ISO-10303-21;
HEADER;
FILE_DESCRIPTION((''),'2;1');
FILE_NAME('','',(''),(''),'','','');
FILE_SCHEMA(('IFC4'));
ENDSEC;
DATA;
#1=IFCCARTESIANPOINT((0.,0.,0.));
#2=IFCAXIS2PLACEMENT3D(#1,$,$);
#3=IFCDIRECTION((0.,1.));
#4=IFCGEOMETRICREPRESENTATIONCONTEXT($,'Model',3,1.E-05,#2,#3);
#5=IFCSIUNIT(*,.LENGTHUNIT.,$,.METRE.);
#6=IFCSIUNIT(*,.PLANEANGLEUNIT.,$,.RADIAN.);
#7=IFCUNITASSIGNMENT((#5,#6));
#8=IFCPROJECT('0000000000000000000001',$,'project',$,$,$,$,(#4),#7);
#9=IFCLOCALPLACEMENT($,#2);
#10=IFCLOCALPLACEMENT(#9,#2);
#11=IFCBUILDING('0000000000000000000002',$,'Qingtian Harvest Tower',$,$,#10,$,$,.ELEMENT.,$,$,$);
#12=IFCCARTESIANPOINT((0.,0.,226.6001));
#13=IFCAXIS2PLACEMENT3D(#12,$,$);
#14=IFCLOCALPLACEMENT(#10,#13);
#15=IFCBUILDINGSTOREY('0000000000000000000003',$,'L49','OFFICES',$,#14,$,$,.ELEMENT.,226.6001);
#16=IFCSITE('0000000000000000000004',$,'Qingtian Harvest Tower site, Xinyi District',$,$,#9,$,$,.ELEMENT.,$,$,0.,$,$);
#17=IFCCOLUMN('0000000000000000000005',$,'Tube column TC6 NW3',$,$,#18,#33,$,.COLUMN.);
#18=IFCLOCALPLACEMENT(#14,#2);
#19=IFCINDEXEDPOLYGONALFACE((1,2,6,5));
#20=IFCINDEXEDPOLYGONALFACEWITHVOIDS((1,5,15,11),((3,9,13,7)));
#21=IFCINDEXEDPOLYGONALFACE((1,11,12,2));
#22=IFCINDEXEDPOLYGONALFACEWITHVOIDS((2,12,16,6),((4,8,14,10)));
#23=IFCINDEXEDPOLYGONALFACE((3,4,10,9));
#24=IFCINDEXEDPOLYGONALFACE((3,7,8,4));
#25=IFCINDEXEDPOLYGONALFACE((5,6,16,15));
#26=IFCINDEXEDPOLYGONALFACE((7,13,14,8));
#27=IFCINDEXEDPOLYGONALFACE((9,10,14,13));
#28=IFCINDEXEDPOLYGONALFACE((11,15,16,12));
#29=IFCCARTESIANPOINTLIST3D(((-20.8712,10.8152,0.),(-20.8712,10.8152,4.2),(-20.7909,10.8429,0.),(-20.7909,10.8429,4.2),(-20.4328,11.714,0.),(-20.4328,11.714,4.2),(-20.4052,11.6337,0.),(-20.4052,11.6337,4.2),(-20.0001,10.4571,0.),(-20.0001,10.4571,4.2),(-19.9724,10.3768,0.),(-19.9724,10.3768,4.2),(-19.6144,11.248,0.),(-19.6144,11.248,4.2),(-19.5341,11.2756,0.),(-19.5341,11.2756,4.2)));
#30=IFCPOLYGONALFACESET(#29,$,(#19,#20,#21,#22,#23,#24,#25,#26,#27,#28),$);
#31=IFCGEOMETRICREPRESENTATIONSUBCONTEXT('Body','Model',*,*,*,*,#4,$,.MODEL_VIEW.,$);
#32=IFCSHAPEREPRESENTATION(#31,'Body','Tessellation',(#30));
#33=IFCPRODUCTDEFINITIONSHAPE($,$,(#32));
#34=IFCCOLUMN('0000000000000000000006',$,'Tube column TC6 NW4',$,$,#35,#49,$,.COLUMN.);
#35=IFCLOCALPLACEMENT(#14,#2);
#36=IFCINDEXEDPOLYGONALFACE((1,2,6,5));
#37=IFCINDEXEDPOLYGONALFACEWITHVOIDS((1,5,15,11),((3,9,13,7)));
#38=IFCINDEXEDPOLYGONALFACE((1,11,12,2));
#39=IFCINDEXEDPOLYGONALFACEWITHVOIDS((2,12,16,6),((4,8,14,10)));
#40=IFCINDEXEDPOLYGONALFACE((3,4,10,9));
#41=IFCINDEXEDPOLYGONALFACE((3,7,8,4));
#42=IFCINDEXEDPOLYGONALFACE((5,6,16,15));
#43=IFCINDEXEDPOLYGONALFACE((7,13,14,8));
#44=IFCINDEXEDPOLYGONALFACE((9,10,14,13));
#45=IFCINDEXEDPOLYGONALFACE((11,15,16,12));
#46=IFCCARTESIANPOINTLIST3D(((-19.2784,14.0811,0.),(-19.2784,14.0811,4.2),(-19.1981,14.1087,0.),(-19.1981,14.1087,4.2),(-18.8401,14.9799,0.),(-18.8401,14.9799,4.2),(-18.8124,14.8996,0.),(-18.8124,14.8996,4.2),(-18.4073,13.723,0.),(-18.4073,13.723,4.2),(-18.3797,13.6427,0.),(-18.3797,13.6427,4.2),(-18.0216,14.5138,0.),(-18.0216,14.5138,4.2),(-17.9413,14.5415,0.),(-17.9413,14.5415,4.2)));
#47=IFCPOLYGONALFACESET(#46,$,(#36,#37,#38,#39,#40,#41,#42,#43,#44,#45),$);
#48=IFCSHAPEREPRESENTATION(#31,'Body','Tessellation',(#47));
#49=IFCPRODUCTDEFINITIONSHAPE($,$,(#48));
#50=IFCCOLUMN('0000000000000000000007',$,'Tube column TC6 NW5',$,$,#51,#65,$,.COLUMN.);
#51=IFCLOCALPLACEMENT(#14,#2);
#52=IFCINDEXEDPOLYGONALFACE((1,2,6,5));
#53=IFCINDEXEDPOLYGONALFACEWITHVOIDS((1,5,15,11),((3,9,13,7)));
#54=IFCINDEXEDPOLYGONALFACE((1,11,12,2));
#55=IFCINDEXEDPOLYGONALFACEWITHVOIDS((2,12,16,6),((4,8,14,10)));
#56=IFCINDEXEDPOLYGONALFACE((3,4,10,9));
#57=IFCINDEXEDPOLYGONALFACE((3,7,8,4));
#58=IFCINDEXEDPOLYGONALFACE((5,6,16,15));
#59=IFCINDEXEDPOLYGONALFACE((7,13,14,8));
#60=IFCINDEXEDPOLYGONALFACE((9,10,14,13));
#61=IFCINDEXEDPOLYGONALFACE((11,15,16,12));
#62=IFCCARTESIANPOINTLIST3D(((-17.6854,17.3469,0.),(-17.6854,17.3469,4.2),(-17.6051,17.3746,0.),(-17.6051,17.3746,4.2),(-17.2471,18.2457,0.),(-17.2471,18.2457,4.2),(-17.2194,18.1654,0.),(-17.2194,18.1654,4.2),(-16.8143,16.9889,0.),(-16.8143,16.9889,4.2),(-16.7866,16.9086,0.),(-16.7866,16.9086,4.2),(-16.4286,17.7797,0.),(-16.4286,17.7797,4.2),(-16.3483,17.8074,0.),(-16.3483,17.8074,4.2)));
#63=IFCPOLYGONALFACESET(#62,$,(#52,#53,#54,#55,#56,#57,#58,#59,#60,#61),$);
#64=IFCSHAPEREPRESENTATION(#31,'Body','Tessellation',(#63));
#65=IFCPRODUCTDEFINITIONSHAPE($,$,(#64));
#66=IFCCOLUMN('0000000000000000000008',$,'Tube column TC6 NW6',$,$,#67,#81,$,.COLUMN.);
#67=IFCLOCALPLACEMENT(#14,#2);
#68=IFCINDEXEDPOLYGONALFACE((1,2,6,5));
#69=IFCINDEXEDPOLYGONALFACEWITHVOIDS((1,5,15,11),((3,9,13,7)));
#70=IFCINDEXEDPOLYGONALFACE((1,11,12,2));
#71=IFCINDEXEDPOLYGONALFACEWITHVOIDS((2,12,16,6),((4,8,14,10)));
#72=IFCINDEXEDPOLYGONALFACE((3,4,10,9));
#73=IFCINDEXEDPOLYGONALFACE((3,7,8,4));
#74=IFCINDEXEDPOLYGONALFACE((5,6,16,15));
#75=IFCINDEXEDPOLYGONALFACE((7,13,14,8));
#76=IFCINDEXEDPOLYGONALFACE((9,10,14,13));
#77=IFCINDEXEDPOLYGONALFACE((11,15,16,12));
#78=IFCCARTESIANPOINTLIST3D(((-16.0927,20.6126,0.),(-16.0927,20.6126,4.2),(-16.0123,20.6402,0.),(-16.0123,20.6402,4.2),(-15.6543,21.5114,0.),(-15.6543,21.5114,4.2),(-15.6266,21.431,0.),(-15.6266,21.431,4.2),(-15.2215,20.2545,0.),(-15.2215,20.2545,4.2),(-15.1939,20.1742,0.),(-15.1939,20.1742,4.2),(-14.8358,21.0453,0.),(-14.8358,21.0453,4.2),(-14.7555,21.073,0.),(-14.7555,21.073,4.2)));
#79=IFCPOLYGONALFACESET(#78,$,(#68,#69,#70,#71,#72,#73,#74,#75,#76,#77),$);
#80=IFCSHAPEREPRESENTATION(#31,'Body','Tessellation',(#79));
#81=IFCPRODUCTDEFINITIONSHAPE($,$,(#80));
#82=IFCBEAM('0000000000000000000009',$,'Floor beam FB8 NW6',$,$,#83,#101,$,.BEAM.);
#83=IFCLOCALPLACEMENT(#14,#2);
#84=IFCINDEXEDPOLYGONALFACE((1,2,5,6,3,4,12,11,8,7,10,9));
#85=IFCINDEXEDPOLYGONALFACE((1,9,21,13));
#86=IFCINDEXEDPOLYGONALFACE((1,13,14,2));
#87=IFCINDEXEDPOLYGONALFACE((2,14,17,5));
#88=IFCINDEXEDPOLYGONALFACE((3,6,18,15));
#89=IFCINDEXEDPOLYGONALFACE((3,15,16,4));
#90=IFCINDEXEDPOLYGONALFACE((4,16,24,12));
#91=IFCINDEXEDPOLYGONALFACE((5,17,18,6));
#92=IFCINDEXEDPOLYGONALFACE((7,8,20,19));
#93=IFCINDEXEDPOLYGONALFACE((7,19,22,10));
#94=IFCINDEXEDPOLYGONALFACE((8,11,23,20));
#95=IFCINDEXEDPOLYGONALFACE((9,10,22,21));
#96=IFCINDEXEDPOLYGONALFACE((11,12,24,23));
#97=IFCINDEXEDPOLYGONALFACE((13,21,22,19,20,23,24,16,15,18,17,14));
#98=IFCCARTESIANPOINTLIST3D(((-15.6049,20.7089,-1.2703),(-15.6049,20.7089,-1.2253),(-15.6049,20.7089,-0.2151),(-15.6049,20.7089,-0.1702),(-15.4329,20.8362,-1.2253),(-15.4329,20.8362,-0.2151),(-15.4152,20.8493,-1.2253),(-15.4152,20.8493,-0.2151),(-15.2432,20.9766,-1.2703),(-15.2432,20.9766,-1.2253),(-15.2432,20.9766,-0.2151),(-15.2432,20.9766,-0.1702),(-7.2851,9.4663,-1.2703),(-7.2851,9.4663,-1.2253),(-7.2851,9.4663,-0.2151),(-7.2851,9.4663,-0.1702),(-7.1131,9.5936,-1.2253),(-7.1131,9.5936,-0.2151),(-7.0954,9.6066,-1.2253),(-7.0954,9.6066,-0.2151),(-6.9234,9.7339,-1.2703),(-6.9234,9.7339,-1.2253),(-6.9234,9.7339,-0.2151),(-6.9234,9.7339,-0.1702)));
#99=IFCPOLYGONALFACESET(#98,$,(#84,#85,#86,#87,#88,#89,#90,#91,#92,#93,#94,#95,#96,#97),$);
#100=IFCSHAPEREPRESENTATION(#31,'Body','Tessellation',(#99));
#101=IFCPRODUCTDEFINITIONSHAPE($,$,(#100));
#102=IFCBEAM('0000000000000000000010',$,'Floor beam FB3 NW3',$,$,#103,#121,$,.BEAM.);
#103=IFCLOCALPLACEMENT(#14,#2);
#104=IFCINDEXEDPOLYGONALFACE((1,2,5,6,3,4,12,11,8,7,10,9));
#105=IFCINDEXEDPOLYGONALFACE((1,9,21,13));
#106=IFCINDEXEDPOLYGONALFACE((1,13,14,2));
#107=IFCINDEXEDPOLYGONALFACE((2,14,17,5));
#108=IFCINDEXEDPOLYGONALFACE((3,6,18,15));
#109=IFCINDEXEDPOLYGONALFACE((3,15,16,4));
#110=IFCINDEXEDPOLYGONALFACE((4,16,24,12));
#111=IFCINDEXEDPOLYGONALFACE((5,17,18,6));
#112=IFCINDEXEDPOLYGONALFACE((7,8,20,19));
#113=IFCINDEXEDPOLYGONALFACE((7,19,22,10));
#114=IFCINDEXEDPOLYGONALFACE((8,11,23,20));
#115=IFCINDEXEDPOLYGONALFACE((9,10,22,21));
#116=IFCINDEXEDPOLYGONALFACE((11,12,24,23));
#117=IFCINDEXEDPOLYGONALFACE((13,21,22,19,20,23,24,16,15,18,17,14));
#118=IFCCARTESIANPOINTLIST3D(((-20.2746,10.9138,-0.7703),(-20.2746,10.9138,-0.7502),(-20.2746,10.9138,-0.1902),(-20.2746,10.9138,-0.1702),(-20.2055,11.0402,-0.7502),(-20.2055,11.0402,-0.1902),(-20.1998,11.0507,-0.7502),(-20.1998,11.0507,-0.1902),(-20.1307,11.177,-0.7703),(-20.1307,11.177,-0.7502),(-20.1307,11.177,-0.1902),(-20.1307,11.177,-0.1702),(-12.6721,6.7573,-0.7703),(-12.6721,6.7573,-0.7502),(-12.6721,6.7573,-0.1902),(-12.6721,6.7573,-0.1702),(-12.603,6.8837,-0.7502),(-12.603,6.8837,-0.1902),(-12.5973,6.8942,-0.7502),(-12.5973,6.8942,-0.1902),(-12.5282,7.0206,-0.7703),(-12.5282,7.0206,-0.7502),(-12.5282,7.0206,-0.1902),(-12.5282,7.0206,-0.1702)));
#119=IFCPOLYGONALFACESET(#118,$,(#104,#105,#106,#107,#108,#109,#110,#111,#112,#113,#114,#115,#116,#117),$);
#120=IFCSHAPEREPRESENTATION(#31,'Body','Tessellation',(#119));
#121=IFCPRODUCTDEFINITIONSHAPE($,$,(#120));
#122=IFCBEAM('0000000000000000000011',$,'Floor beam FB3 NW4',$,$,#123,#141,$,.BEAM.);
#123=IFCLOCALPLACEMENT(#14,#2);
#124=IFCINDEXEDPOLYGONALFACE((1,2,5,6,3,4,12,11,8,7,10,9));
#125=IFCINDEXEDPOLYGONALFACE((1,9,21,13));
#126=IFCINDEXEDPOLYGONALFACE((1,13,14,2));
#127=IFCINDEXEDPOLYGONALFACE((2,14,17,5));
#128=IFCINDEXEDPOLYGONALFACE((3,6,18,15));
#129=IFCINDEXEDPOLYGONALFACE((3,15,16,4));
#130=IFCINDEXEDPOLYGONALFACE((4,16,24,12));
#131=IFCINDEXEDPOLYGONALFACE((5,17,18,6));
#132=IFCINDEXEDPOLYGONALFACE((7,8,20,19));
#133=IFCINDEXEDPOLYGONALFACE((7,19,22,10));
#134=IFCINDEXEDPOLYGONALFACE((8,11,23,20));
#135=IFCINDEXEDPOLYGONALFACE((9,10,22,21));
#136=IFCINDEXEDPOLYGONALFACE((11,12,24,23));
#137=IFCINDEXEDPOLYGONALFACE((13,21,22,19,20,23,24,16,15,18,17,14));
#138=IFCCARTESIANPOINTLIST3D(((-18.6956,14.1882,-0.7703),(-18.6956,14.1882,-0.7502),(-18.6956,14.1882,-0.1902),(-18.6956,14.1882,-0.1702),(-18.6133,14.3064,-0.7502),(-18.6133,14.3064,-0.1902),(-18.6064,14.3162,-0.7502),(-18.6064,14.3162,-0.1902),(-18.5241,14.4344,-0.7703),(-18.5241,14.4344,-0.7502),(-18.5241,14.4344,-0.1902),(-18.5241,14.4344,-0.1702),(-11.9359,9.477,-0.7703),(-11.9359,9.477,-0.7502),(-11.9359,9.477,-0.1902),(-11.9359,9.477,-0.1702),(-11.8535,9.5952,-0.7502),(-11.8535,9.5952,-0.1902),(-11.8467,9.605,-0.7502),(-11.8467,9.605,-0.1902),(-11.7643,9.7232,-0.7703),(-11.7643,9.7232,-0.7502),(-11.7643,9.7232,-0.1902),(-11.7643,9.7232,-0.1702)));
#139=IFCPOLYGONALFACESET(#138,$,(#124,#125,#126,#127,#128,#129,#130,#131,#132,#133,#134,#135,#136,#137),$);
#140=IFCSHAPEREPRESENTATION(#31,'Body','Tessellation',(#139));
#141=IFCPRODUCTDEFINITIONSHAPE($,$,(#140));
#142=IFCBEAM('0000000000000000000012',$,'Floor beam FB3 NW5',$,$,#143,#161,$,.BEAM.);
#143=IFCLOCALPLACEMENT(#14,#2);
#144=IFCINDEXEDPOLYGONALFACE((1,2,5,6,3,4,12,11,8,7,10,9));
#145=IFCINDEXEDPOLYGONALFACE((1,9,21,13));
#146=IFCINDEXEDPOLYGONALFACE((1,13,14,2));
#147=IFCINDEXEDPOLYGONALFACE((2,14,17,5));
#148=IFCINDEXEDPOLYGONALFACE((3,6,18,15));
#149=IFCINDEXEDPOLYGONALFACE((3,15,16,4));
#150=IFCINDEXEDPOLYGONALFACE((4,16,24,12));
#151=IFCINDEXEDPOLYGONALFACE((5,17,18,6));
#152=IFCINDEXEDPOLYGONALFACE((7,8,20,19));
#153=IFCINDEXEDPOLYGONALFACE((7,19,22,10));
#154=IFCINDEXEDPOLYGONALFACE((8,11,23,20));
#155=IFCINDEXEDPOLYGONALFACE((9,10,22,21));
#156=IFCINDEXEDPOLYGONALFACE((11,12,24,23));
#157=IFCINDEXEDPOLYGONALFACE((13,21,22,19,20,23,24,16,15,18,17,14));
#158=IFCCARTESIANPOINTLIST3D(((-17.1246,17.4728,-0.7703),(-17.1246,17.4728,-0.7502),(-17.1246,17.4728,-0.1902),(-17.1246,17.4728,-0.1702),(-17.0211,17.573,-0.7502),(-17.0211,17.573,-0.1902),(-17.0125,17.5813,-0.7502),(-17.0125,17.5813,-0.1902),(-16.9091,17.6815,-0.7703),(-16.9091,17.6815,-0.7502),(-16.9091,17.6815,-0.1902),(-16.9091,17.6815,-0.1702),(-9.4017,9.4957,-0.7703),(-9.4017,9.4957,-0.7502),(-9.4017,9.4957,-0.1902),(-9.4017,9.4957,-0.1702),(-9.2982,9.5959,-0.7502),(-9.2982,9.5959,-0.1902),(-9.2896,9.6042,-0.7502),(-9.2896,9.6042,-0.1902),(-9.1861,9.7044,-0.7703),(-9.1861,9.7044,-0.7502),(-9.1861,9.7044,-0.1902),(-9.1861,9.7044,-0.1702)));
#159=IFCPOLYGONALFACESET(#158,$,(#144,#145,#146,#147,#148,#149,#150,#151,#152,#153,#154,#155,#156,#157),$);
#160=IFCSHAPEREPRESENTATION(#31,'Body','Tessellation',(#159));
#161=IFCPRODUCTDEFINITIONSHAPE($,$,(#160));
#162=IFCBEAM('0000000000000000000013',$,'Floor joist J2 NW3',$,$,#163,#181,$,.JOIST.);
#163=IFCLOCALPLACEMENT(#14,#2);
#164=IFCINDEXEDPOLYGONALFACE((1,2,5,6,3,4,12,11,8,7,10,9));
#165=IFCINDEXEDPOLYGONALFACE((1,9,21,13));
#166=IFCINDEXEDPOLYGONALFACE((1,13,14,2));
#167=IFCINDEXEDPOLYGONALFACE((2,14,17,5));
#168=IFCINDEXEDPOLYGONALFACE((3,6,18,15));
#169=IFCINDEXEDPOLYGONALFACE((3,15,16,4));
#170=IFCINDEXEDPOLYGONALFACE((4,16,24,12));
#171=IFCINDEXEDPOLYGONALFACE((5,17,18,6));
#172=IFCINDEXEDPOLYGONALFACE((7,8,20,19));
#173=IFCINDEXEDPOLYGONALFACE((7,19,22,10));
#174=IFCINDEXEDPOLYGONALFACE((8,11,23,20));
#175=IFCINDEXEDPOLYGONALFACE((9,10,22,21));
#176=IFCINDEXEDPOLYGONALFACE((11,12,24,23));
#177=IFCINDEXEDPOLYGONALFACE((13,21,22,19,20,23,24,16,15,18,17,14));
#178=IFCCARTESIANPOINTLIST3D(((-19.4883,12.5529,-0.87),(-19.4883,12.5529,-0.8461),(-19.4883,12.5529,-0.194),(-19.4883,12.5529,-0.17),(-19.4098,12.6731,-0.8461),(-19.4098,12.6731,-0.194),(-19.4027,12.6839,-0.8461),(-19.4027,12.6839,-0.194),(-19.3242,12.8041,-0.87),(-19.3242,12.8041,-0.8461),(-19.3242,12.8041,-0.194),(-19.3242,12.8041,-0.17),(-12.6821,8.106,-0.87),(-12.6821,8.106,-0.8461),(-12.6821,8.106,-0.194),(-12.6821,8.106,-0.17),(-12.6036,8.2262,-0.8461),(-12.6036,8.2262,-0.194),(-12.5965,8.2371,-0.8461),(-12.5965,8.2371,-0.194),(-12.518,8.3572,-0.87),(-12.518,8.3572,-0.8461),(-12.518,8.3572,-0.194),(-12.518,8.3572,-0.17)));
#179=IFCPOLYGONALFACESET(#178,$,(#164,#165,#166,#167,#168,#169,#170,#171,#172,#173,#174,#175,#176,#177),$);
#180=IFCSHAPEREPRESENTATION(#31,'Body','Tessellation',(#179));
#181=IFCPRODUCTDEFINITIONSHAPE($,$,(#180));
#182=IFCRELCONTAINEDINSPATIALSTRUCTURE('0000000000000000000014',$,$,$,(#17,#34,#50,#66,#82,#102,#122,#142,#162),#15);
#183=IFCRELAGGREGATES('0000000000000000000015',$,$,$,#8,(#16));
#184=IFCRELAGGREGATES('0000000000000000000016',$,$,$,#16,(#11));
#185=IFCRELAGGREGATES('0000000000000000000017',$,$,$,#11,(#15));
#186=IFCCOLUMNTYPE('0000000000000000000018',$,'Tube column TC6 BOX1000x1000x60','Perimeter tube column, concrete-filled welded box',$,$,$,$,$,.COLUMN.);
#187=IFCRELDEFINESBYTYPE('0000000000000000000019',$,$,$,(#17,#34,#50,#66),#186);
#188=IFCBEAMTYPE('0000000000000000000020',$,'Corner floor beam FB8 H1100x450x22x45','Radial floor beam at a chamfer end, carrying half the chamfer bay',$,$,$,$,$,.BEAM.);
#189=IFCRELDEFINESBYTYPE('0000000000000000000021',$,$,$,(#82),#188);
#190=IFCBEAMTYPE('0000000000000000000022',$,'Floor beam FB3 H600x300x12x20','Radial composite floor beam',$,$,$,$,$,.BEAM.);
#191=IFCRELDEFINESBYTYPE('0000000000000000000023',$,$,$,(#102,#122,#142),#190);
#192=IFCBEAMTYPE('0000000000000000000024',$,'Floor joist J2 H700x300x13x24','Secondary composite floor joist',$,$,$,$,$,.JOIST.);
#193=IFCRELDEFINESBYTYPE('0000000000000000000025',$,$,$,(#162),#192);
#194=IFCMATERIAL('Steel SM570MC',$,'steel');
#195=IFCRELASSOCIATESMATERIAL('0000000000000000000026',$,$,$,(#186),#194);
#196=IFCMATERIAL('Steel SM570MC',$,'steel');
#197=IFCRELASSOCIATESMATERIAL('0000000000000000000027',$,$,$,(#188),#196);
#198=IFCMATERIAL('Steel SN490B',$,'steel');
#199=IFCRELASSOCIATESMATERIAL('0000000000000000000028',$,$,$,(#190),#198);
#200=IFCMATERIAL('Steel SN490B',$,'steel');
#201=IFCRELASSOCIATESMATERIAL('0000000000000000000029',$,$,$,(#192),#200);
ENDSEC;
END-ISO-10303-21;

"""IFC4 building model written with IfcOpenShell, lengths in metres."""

from ifc_helpers import new_model, si_unit, direction, frame, origin, origin_2d, place, context, subcontext, project, spatial, hollow_rectangle, i_section, extrude, material, material_profile, profile_set, type_object, element, save


model = new_model("IFC4")

# Units and contexts
model_context = context("Model", 3, precision=1e-05, world=origin(), true_north=direction((0.0, 1.0)))
body_context = subcontext(model_context, "Body", "Model", "MODEL_VIEW")
ifc_project = project(units=[si_unit("LENGTHUNIT", "METRE"), si_unit("PLANEANGLEUNIT", "RADIAN")], contexts=[model_context])

# Site, building, storey
site_placement = place(None, origin())
site = spatial("IfcSite", under=ifc_project, at=site_placement, Name="Qingtian Harvest Tower site, Xinyi District", CompositionType="ELEMENT", RefElevation=0.0)
building_placement = place(site_placement, origin())
building = spatial("IfcBuilding", under=site, at=building_placement, Name="Qingtian Harvest Tower", CompositionType="ELEMENT")
storey_placement = place(building_placement, frame((0.0, 0.0, 226.6001)))
storey = spatial("IfcBuildingStorey", under=building, at=storey_placement, Name="L49", Description="OFFICES", CompositionType="ELEMENT", Elevation=226.6001)

# Columns
ifc_material_1 = material(Name="Steel SM570MC", Category="steel")
ifc_material_profile_1 = material_profile(ifc_material_1, hollow_rectangle(XDim=1.0, YDim=1.0, WallThickness=0.0601, at=origin_2d()), Name="BOX1000x1000x60")
ifc_profile_set_1 = profile_set([ifc_material_profile_1], Name="Steel SM570MC")
column_type = type_object("IfcColumnType", Name="Tube column TC6 BOX1000x1000x60", Description="Perimeter tube column, concrete-filled welded box", PredefinedType="COLUMN", material=ifc_profile_set_1)
for number, where, z_axis, x_axis, name in (
    (1, (-20.2026, 11.0454, 0.0), (0.0, 0.0, 1.0), (-0.438371, -0.898794, 0.0), "Tube column TC6 NW3"),
    (2, (-18.6099, 14.3113, 0.0), (0.0, 0.0, 1.0), (-0.438371, -0.898794, 0.0), "Tube column TC6 NW4"),
    (3, (-17.0168, 17.5771, 0.0), (0.0, 0.0, 1.0), (-0.438371, -0.898794, 0.0), "Tube column TC6 NW5"),
    (4, (-15.4241, 20.8428, 0.0), (0.0, 0.0, 1.0), (-0.438371, -0.898794, 0.0), "Tube column TC6 NW6"),
):
    element("IfcColumn", number, at=place(storey_placement, frame(where, z_axis=z_axis, x_axis=x_axis)), inside=storey, type_object=column_type, Name=name, PredefinedType="COLUMN", context=body_context, shape_type="SweptSolid", body=[
        extrude(hollow_rectangle(XDim=1.0, YDim=1.0, WallThickness=0.0601, at=origin_2d()), origin(), (0.0, 0.0, 1.0), 4.2),
    ])

# Beams
ifc_material_2 = material(Name="Steel SM570MC", Category="steel")
ifc_material_profile_2 = material_profile(ifc_material_2, i_section(OverallWidth=0.45, OverallDepth=1.1001, WebThickness=0.022, FlangeThickness=0.0449, at=origin_2d()), Name="H1100x450x22x45")
ifc_profile_set_2 = profile_set([ifc_material_profile_2], Name="Steel SM570MC")
beam_type_1 = type_object("IfcBeamType", Name="Corner floor beam FB8 H1100x450x22x45", Description="Radial floor beam at a chamfer end, carrying half the chamfer bay", PredefinedType="BEAM", material=ifc_profile_set_2)
beam_1_placement = place(storey_placement, frame((-15.4241, 20.8428, -0.7202), z_axis=(0.594854, -0.803834, 0.0), x_axis=(0.803834, 0.594854, 0.0)))
element("IfcBeam", 5, at=beam_1_placement, inside=storey, type_object=beam_type_1, Name="Floor beam FB8 NW6", PredefinedType="BEAM", context=body_context, shape_type="SweptSolid", body=[
    extrude(i_section(OverallWidth=0.45, OverallDepth=1.1001, WebThickness=0.022, FlangeThickness=0.0449, at=origin_2d()), origin(), (0.0, 0.0, 1.0), 13.9863),
])
ifc_material_3 = material(Name="Steel SN490B", Category="steel")
ifc_material_profile_3 = material_profile(ifc_material_3, i_section(OverallWidth=0.3, OverallDepth=0.6001, WebThickness=0.012, FlangeThickness=0.02, at=origin_2d()), Name="H600x300x12x20")
ifc_profile_set_3 = profile_set([ifc_material_profile_3], Name="Steel SN490B")
beam_type_2 = type_object("IfcBeamType", Name="Floor beam FB3 H600x300x12x20", Description="Radial composite floor beam", PredefinedType="BEAM", material=ifc_profile_set_3)
beam_2_placement = place(storey_placement, frame((-20.2026, 11.0454, -0.4702), z_axis=(0.877427, -0.479711, 0.0), x_axis=(0.479711, 0.877427, 0.0)))
element("IfcBeam", 6, at=beam_2_placement, inside=storey, type_object=beam_type_2, Name="Floor beam FB3 NW3", PredefinedType="BEAM", context=body_context, shape_type="SweptSolid", body=[
    extrude(i_section(OverallWidth=0.3, OverallDepth=0.6001, WebThickness=0.012, FlangeThickness=0.02, at=origin_2d()), origin(), (0.0, 0.0, 1.0), 8.6646),
])
beam_3_placement = place(storey_placement, frame((-18.6099, 14.3113, -0.4702), z_axis=(0.820408, -0.571779, 0.0), x_axis=(0.571779, 0.820408, 0.0)))
element("IfcBeam", 7, at=beam_3_placement, inside=storey, type_object=beam_type_2, Name="Floor beam FB3 NW4", PredefinedType="BEAM", context=body_context, shape_type="SweptSolid", body=[
    extrude(i_section(OverallWidth=0.3, OverallDepth=0.6001, WebThickness=0.012, FlangeThickness=0.02, at=origin_2d()), origin(), (0.0, 0.0, 1.0), 8.2395),
])
beam_4_placement = place(storey_placement, frame((-17.0168, 17.5771, -0.4702), z_axis=(0.695569, -0.718459, 0.0), x_axis=(0.718459, 0.695569, 0.0)))
element("IfcBeam", 8, at=beam_4_placement, inside=storey, type_object=beam_type_2, Name="Floor beam FB3 NW5", PredefinedType="BEAM", context=body_context, shape_type="SweptSolid", body=[
    extrude(i_section(OverallWidth=0.3, OverallDepth=0.6001, WebThickness=0.012, FlangeThickness=0.02, at=origin_2d()), origin(), (0.0, 0.0, 1.0), 11.103),
])
ifc_material_4 = material(Name="Steel SN490B", Category="steel")
ifc_material_profile_4 = material_profile(ifc_material_4, i_section(OverallWidth=0.3, OverallDepth=0.7, WebThickness=0.0129, FlangeThickness=0.0239, at=origin_2d()), Name="H700x300x13x24")
ifc_profile_set_4 = profile_set([ifc_material_profile_4], Name="Steel SN490B")
beam_type_3 = type_object("IfcBeamType", Name="Floor joist J2 H700x300x13x24", Description="Secondary composite floor joist", PredefinedType="JOIST", material=ifc_profile_set_4)
beam_5_placement = place(storey_placement, frame((-19.4062, 12.6785, -0.52), z_axis=(0.837161, -0.546956, 0.0), x_axis=(0.546956, 0.837161, 0.0)))
element("IfcBeam", 9, at=beam_5_placement, inside=storey, type_object=beam_type_3, Name="Floor joist J2 NW3", PredefinedType="JOIST", context=body_context, shape_type="SweptSolid", body=[
    extrude(i_section(OverallWidth=0.3, OverallDepth=0.7, WebThickness=0.0129, FlangeThickness=0.0239, at=origin_2d()), origin(), (0.0, 0.0, 1.0), 8.1301),
])

save(model, "model.ifc")
